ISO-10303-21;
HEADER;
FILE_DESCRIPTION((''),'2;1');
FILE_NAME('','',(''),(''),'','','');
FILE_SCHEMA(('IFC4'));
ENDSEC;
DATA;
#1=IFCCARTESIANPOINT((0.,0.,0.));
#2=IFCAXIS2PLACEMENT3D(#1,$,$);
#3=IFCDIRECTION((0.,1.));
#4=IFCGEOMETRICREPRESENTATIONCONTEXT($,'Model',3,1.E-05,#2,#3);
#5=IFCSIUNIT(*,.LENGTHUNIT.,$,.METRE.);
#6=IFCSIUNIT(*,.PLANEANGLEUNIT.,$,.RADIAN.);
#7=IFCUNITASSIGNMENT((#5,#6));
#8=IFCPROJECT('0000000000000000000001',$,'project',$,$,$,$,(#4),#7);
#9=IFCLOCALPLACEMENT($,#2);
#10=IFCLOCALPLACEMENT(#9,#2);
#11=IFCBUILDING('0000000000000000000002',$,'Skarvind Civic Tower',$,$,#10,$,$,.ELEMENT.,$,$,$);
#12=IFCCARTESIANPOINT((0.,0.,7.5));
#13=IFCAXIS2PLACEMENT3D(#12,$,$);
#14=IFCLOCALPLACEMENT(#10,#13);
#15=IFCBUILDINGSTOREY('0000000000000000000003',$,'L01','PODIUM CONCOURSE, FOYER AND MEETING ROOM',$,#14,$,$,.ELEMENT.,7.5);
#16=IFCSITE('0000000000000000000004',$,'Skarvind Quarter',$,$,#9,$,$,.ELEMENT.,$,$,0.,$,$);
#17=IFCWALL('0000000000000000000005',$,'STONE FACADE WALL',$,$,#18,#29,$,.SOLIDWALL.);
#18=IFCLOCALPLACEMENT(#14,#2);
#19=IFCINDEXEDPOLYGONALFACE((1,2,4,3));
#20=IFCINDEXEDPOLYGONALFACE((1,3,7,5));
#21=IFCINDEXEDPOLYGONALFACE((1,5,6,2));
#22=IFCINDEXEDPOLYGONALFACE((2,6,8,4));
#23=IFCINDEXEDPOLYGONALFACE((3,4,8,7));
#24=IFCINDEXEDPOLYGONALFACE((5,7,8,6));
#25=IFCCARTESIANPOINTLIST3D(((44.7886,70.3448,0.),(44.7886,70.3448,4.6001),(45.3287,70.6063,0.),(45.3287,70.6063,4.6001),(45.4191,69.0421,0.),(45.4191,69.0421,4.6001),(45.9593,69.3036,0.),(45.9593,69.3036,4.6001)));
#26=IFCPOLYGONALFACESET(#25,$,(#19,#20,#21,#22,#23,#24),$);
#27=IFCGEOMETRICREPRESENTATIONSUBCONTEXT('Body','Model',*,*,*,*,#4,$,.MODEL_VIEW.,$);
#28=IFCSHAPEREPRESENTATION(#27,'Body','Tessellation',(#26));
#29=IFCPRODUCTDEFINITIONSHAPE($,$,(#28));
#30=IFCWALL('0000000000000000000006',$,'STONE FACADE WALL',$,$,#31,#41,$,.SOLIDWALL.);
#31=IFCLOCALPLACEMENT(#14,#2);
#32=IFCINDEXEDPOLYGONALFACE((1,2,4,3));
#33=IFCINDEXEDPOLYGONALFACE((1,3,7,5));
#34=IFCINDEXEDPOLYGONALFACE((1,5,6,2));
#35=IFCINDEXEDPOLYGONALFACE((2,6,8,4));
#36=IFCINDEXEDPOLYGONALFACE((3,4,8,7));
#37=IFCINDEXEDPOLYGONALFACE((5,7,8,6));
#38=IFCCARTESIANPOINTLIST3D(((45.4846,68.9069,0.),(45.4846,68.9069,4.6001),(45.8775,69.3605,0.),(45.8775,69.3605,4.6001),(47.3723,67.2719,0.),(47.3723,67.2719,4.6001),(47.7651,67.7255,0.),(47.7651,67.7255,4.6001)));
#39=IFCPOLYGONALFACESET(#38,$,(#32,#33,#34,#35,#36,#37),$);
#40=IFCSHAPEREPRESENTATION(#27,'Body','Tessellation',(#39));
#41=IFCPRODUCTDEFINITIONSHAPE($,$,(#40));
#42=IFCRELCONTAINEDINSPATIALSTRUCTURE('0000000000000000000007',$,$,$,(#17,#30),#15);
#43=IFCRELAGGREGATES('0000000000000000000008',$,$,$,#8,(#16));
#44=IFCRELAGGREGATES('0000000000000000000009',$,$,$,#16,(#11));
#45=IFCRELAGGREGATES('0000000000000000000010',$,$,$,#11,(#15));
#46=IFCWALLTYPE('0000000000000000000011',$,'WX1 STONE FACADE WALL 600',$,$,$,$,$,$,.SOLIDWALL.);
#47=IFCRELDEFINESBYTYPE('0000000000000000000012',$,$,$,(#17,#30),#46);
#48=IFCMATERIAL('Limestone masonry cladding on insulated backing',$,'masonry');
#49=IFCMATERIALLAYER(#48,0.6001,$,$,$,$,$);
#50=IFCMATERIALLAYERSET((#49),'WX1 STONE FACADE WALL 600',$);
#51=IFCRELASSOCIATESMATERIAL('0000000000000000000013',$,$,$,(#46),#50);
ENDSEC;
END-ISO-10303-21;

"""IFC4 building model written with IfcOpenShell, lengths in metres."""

from ifc_helpers import new_model, si_unit, direction, frame, frame_2d, origin, place, context, subcontext, project, spatial, rectangle, extrude, material, layer, layer_set, type_object, element, save


model = new_model("IFC4")

# Units and contexts
model_context = context("Model", 3, precision=1e-05, world=origin(), true_north=direction((0.0, 1.0)))
body_context = subcontext(model_context, "Body", "Model", "MODEL_VIEW")
ifc_project = project(units=[si_unit("LENGTHUNIT", "METRE"), si_unit("PLANEANGLEUNIT", "RADIAN")], contexts=[model_context])

# Site, building, storey
site_placement = place(None, origin())
site = spatial("IfcSite", under=ifc_project, at=site_placement, Name="Skarvind Quarter", CompositionType="ELEMENT", RefElevation=0.0)
building_placement = place(site_placement, origin())
building = spatial("IfcBuilding", under=site, at=building_placement, Name="Skarvind Civic Tower", CompositionType="ELEMENT")
storey_placement = place(building_placement, frame((0.0, 0.0, 7.5)))
storey = spatial("IfcBuildingStorey", under=building, at=storey_placement, Name="L01", Description="PODIUM CONCOURSE, FOYER AND MEETING ROOM", CompositionType="ELEMENT", Elevation=7.5)

# Shared definitions
ifc_material_1 = material(Name="Limestone masonry cladding on insulated backing", Category="masonry")
ifc_layer_1 = layer(ifc_material_1, 0.6001)
ifc_layer_set_1 = layer_set([ifc_layer_1], Name="WX1 STONE FACADE WALL 600")
wall_type = type_object("IfcWallType", Name="WX1 STONE FACADE WALL 600", PredefinedType="SOLIDWALL", material=ifc_layer_set_1)

# Walls
wall_1_placement = place(storey_placement, frame((45.6892, 69.1729, 0.0), z_axis=(0.0, 0.0, 1.0), x_axis=(-0.435706, 0.900089, 0.0)))
element("IfcWall", 1, at=wall_1_placement, inside=storey, type_object=wall_type, Name="STONE FACADE WALL", PredefinedType="SOLIDWALL", context=body_context, shape_type="SweptSolid", body=[
    extrude(rectangle(XDim=1.4473, YDim=0.6001, at=frame_2d((0.7236, 0.0))), origin(), (0.0, 0.0, 1.0), 4.6001),
])
wall_2_placement = place(storey_placement, frame((47.5686, 67.4988, 0.0), z_axis=(0.0, 0.0, 1.0), x_axis=(-0.755886, 0.654703, 0.0)))
element("IfcWall", 2, at=wall_2_placement, inside=storey, type_object=wall_type, Name="STONE FACADE WALL", PredefinedType="SOLIDWALL", context=body_context, shape_type="SweptSolid", body=[
    extrude(rectangle(XDim=2.4973, YDim=0.6001, at=frame_2d((1.2485, 0.0))), origin(), (0.0, 0.0, 1.0), 4.6001),
])

save(model, "model.ifc")
